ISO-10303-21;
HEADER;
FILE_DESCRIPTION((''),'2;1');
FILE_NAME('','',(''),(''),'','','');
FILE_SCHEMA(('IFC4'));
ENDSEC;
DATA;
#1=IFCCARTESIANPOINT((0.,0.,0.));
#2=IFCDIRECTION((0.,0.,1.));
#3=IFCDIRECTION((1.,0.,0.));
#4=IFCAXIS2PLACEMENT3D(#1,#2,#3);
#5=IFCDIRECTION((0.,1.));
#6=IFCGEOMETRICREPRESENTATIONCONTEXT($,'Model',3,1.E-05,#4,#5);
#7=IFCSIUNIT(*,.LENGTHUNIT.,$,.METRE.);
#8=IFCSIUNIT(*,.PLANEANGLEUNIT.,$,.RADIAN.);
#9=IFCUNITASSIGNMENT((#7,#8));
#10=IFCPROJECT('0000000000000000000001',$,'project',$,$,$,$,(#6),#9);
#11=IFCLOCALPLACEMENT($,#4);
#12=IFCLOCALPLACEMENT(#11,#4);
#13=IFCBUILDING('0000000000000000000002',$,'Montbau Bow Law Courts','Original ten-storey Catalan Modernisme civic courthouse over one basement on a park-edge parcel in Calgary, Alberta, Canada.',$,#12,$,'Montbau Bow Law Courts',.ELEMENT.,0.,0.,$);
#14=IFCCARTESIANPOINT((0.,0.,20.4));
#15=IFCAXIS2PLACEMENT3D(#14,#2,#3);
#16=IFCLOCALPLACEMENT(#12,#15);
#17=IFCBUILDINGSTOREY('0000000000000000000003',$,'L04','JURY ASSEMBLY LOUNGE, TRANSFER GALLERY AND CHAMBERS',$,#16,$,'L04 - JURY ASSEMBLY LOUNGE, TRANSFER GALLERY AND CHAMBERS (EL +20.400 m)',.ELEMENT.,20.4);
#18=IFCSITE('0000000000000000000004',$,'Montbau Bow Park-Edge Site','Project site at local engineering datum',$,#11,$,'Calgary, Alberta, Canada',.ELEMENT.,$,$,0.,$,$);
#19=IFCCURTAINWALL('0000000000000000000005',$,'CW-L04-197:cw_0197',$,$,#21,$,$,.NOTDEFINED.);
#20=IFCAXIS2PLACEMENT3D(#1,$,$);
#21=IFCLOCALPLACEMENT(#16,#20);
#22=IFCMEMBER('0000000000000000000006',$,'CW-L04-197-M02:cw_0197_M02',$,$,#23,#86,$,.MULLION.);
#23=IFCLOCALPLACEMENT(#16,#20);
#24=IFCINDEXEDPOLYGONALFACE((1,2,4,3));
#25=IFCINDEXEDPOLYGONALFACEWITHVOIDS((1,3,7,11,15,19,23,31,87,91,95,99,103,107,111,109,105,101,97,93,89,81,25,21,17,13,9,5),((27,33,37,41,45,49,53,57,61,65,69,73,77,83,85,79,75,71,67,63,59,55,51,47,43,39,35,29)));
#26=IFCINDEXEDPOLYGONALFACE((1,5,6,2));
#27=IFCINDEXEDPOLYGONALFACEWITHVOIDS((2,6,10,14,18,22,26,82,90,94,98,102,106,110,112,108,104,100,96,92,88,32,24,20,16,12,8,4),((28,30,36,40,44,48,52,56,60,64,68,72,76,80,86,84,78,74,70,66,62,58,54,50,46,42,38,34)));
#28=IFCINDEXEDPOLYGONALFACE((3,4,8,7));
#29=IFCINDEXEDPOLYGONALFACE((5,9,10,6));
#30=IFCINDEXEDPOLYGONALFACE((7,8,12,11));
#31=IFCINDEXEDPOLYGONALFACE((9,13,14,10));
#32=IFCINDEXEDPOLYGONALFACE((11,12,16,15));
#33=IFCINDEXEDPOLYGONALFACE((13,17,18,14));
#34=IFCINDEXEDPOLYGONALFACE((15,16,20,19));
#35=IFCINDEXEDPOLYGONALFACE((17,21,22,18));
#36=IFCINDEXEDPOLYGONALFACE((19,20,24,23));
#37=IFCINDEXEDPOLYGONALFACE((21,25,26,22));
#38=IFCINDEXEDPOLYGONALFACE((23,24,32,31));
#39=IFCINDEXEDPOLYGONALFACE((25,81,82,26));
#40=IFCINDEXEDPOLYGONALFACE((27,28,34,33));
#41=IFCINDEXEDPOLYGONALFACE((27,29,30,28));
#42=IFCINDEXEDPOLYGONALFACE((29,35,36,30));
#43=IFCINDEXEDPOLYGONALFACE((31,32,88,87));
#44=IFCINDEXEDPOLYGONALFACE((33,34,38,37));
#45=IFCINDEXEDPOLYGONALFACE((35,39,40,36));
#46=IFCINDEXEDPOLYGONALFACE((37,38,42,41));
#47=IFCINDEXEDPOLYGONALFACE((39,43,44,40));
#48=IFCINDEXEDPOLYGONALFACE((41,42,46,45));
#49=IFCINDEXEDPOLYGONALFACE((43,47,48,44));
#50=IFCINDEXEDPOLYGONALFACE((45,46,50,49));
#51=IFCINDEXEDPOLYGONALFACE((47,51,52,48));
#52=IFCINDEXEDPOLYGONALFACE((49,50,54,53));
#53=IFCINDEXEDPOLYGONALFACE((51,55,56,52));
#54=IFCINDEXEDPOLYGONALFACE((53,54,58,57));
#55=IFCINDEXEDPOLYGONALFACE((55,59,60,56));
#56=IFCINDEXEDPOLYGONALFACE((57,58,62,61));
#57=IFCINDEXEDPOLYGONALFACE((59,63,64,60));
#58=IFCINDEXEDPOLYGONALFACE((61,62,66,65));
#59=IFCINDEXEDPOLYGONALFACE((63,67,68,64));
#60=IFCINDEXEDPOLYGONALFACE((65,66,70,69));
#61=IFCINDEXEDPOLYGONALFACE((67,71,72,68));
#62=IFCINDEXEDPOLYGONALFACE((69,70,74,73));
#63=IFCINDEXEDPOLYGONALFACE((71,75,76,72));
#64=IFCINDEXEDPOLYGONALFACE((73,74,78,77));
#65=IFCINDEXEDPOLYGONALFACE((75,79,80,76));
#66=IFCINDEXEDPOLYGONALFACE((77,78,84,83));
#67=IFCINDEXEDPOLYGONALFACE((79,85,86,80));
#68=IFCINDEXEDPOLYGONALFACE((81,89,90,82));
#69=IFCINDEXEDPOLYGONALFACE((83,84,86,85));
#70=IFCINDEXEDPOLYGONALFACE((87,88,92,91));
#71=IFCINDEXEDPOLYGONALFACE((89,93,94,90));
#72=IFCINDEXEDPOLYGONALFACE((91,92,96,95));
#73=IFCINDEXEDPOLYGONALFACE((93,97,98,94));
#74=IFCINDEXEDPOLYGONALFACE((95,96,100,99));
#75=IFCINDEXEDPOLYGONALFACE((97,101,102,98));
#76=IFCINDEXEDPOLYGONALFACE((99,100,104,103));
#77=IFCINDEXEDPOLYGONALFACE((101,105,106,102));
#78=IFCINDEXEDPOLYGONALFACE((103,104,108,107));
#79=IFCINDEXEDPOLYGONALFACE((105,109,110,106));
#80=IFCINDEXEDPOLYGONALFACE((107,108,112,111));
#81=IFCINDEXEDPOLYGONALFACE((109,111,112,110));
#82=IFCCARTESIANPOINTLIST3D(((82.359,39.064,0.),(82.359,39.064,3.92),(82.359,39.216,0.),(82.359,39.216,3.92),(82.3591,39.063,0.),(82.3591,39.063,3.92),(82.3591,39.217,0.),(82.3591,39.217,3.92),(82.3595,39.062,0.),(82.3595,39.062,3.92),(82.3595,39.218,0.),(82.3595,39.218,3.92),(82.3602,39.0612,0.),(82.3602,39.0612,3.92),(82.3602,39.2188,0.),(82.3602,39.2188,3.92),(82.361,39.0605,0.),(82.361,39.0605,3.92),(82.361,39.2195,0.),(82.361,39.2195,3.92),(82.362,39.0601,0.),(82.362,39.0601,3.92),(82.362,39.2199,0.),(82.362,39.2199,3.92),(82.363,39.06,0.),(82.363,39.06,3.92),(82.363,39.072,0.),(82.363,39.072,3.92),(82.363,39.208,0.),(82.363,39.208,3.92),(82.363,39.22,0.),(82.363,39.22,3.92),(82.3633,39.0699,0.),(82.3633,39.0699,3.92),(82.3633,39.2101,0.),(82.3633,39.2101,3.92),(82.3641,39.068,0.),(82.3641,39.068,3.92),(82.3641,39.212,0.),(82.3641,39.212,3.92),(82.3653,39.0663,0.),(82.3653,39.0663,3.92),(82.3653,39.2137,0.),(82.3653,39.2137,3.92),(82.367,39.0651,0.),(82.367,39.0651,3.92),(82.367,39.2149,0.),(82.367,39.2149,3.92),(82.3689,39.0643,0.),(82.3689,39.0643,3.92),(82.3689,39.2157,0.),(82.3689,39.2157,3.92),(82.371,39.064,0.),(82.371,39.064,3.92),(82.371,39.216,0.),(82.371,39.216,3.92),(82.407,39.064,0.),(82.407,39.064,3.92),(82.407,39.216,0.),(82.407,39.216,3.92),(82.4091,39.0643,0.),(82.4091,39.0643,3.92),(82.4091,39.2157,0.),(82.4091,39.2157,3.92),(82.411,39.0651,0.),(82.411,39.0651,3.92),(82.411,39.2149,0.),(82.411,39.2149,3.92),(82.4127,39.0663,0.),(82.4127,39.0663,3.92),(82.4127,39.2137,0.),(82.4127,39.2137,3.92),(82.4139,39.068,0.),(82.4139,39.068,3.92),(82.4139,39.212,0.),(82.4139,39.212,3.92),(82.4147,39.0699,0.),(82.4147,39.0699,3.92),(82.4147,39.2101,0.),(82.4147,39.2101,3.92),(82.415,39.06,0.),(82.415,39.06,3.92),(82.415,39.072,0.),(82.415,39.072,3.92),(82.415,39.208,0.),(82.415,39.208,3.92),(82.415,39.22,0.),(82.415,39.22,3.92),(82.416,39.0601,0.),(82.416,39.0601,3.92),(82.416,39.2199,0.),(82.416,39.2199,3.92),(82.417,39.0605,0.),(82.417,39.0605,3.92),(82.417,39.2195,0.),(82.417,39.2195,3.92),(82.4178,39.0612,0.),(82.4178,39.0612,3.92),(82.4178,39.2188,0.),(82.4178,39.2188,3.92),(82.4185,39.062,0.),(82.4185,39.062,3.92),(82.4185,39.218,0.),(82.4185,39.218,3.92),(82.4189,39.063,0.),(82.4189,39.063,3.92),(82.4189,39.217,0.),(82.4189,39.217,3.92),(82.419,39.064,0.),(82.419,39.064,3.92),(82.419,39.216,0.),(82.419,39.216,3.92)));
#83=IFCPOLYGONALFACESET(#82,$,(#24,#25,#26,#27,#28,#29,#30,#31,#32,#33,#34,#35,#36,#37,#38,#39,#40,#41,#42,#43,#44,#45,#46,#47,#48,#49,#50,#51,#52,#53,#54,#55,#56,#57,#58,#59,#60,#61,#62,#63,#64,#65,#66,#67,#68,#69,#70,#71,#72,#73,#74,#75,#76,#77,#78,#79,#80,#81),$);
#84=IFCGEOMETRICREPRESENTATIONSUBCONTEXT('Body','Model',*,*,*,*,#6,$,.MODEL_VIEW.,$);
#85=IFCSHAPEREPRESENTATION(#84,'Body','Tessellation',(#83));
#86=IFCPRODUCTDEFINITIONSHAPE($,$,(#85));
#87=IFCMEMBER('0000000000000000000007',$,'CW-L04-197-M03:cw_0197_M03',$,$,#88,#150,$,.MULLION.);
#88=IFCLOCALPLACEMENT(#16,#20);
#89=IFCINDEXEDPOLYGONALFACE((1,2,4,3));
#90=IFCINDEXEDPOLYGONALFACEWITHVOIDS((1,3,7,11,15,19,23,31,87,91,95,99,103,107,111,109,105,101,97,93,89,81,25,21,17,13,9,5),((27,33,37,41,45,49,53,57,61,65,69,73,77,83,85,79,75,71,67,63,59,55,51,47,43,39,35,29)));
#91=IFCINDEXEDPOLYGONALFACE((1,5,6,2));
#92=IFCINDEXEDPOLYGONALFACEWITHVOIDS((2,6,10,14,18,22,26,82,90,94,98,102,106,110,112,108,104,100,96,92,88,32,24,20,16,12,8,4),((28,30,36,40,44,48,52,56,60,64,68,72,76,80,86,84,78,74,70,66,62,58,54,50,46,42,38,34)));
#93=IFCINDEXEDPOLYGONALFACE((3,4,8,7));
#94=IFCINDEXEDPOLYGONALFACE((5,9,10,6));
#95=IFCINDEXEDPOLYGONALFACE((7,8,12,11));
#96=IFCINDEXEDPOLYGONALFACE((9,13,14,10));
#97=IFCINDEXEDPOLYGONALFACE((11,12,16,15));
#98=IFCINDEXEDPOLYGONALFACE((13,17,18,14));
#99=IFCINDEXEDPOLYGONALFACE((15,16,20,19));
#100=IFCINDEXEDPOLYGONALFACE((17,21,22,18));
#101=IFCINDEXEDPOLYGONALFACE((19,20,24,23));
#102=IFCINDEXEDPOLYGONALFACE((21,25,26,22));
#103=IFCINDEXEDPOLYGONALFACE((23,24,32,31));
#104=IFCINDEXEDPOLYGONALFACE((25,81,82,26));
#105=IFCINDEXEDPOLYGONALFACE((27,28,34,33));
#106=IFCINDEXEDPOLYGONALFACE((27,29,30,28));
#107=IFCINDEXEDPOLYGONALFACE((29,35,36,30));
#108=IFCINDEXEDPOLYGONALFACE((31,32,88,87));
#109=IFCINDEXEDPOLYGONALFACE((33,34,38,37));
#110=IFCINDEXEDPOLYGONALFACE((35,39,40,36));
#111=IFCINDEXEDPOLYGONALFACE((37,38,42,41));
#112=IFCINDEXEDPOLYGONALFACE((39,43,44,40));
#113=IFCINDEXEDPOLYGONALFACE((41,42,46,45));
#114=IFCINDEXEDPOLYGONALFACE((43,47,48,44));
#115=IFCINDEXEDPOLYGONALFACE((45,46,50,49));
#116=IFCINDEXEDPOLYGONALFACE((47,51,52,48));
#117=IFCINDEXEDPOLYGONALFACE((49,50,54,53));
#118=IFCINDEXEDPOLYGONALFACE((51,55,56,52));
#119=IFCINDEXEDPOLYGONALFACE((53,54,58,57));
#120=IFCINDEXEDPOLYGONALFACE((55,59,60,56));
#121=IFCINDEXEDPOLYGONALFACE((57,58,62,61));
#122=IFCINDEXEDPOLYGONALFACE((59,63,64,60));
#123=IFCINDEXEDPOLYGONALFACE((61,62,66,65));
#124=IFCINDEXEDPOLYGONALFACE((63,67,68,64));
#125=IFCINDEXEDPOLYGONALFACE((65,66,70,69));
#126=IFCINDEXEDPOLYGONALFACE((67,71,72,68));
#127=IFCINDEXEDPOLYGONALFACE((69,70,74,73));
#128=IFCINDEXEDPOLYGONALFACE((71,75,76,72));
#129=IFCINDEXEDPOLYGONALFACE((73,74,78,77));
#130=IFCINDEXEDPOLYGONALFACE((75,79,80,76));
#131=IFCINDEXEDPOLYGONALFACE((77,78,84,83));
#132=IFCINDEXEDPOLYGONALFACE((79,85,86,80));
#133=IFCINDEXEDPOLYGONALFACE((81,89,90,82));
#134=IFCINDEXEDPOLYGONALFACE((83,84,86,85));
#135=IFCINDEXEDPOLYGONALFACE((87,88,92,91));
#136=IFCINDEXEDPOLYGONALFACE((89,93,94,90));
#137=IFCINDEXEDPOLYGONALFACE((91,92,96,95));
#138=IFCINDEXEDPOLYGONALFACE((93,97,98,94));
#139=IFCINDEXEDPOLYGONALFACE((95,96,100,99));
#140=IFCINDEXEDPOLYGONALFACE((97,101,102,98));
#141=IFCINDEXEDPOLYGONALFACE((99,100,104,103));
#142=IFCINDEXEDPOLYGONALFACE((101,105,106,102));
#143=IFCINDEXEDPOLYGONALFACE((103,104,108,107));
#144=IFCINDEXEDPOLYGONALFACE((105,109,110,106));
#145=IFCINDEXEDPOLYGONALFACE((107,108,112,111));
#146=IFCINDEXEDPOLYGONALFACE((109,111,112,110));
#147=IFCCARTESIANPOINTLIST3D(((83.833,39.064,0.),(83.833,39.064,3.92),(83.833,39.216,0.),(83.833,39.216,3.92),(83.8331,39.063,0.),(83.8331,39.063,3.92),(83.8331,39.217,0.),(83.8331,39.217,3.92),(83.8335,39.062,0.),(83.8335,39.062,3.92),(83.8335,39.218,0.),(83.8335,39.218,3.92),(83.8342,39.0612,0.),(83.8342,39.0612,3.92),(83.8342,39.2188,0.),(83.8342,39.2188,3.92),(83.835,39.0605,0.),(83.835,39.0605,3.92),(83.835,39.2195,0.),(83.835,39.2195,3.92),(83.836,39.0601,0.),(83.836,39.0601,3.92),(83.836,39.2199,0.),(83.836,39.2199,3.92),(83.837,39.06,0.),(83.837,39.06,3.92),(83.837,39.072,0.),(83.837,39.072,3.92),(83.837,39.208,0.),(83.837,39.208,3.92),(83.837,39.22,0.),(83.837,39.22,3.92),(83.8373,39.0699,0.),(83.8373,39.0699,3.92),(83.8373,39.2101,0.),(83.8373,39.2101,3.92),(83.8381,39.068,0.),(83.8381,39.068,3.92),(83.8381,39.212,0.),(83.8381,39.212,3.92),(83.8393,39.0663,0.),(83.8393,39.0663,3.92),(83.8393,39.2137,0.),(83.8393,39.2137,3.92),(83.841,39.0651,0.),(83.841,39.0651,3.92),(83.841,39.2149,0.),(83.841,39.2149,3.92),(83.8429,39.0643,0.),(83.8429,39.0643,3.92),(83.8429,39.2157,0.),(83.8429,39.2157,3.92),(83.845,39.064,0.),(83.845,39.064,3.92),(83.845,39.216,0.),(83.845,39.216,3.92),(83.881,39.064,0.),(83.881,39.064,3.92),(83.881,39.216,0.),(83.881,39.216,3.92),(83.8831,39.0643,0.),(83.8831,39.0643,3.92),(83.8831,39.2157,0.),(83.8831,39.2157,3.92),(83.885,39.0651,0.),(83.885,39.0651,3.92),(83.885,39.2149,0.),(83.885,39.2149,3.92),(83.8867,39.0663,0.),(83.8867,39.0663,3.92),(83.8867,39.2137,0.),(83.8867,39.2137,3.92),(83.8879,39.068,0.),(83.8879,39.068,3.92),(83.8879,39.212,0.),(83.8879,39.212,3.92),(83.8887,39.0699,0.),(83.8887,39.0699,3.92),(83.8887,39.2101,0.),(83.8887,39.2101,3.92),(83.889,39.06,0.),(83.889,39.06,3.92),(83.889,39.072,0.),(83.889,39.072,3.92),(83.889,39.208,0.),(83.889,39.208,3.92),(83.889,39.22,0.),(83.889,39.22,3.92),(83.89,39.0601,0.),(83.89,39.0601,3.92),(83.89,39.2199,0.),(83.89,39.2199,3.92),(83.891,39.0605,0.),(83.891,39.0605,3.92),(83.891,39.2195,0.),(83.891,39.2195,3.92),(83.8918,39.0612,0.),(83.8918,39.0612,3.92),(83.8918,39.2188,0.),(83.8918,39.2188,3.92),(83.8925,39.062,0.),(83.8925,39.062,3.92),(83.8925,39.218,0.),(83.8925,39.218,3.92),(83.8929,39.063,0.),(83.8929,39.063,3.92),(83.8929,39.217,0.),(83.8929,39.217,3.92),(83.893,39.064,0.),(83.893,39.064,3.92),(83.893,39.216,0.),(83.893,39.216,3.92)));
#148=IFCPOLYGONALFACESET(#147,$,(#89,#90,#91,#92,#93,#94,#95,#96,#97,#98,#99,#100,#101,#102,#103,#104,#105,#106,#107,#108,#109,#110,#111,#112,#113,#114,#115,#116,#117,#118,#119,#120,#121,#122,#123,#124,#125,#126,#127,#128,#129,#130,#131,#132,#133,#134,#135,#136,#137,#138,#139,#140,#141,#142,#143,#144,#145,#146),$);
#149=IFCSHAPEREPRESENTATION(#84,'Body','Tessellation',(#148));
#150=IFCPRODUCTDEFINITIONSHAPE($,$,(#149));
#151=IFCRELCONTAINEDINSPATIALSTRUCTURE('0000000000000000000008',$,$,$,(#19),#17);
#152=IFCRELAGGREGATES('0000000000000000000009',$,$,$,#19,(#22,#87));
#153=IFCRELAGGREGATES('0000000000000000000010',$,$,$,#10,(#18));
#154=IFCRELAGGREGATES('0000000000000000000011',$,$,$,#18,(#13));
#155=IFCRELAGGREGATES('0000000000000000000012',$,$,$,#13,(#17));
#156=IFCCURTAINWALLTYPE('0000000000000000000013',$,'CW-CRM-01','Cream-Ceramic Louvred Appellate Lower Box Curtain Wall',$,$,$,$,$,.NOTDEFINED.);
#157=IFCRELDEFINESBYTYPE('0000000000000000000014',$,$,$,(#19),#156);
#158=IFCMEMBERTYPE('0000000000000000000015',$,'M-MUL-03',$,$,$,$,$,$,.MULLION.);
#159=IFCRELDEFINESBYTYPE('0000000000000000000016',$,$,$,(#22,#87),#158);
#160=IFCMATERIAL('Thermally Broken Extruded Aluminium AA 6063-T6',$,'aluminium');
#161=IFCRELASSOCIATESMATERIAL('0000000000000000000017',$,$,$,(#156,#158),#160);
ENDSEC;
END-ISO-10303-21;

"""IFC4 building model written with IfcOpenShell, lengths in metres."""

from ifc_helpers import new_model, si_unit, direction, frame, origin_with_axes, origin_2d_with_axis, place, context, subcontext, project, spatial, hollow_rectangle, extrude, material, material_profile, profile_set, type_object, element, aggregate, save


model = new_model("IFC4")

# Units and contexts
model_context = context("Model", 3, precision=1e-05, world=origin_with_axes(), true_north=direction((0.0, 1.0)))
body_context = subcontext(model_context, "Body", "Model", "MODEL_VIEW")
ifc_project = project(units=[si_unit("LENGTHUNIT", "METRE"), si_unit("PLANEANGLEUNIT", "RADIAN")], contexts=[model_context])

# Site, building, storey
site_placement = place(None, origin_with_axes())
site = spatial("IfcSite", under=ifc_project, at=site_placement, Name="Montbau Bow Park-Edge Site", Description="Project site at local engineering datum", LongName="Calgary, Alberta, Canada", CompositionType="ELEMENT", RefElevation=0.0)
building_placement = place(site_placement, origin_with_axes())
building = spatial("IfcBuilding", under=site, at=building_placement, Name="Montbau Bow Law Courts", Description="Original ten-storey Catalan Modernisme civic courthouse over one basement on a park-edge parcel in Calgary, Alberta, Canada.", LongName="Montbau Bow Law Courts", CompositionType="ELEMENT", ElevationOfRefHeight=0.0, ElevationOfTerrain=0.0)
storey_placement = place(building_placement, frame((0.0, 0.0, 20.4), z_axis=(0.0, 0.0, 1.0), x_axis=(1.0, 0.0, 0.0)))
storey = spatial("IfcBuildingStorey", under=building, at=storey_placement, Name="L04", Description="JURY ASSEMBLY LOUNGE, TRANSFER GALLERY AND CHAMBERS", LongName="L04 - JURY ASSEMBLY LOUNGE, TRANSFER GALLERY AND CHAMBERS (EL +20.400 m)", CompositionType="ELEMENT", Elevation=20.4)

# Shared definitions
ifc_material_1 = material(Name="Thermally Broken Extruded Aluminium AA 6063-T6", Category="aluminium")
curtain_wall_type = type_object("IfcCurtainWallType", Name="CW-CRM-01", Description="Cream-Ceramic Louvred Appellate Lower Box Curtain Wall", PredefinedType="NOTDEFINED", material=ifc_material_1)

# Curtain wall, members
curtain_wall_1_placement = place(None, frame((80.915, 39.14, 20.4), z_axis=(0.0, 0.0, 1.0), x_axis=(1.0, 0.0, 0.0)))
curtain_wall_1 = element("IfcCurtainWall", 1, at=curtain_wall_1_placement, inside=storey, type_object=curtain_wall_type, Name="CW-L04-197:cw_0197", PredefinedType="NOTDEFINED")
ifc_material_profile_1 = material_profile(ifc_material_1, hollow_rectangle(XDim=0.06, YDim=0.16, WallThickness=0.004, InnerFilletRadius=0.008, OuterFilletRadius=0.004, at=origin_2d_with_axis()), Name="CWM-160X60", Category="Main", Priority=0)
ifc_profile_set_1 = profile_set([ifc_material_profile_1], Name="Thermally Broken Extruded Aluminium AA 6063-T6")
member_type_1 = type_object("IfcMemberType", Name="M-MUL-03", PredefinedType="MULLION", material=ifc_profile_set_1)
member_1_placement = place(None, frame((82.389, 39.14, 20.4), z_axis=(0.0, 0.0, 1.0), x_axis=(1.0, 0.0, 0.0)))
member_1 = element("IfcMember", 2, at=member_1_placement, type_object=member_type_1, Name="CW-L04-197-M02:cw_0197_M02", PredefinedType="MULLION", context=body_context, shape_type="SweptSolid", body=[
    extrude(hollow_rectangle(XDim=0.06, YDim=0.16, WallThickness=0.004, InnerFilletRadius=0.008, OuterFilletRadius=0.004, at=origin_2d_with_axis()), origin_with_axes(), (0.0, 0.0, 1.0), 3.92),
])
member_2_placement = place(None, frame((83.863, 39.14, 20.4), z_axis=(0.0, 0.0, 1.0), x_axis=(1.0, 0.0, 0.0)))
member_2 = element("IfcMember", 3, at=member_2_placement, type_object=member_type_1, Name="CW-L04-197-M03:cw_0197_M03", PredefinedType="MULLION", context=body_context, shape_type="SweptSolid", body=[
    extrude(hollow_rectangle(XDim=0.06, YDim=0.16, WallThickness=0.004, InnerFilletRadius=0.008, OuterFilletRadius=0.004, at=origin_2d_with_axis()), origin_with_axes(), (0.0, 0.0, 1.0), 3.92),
])
aggregate(curtain_wall_1, [member_1, member_2])

save(model, "model.ifc")
